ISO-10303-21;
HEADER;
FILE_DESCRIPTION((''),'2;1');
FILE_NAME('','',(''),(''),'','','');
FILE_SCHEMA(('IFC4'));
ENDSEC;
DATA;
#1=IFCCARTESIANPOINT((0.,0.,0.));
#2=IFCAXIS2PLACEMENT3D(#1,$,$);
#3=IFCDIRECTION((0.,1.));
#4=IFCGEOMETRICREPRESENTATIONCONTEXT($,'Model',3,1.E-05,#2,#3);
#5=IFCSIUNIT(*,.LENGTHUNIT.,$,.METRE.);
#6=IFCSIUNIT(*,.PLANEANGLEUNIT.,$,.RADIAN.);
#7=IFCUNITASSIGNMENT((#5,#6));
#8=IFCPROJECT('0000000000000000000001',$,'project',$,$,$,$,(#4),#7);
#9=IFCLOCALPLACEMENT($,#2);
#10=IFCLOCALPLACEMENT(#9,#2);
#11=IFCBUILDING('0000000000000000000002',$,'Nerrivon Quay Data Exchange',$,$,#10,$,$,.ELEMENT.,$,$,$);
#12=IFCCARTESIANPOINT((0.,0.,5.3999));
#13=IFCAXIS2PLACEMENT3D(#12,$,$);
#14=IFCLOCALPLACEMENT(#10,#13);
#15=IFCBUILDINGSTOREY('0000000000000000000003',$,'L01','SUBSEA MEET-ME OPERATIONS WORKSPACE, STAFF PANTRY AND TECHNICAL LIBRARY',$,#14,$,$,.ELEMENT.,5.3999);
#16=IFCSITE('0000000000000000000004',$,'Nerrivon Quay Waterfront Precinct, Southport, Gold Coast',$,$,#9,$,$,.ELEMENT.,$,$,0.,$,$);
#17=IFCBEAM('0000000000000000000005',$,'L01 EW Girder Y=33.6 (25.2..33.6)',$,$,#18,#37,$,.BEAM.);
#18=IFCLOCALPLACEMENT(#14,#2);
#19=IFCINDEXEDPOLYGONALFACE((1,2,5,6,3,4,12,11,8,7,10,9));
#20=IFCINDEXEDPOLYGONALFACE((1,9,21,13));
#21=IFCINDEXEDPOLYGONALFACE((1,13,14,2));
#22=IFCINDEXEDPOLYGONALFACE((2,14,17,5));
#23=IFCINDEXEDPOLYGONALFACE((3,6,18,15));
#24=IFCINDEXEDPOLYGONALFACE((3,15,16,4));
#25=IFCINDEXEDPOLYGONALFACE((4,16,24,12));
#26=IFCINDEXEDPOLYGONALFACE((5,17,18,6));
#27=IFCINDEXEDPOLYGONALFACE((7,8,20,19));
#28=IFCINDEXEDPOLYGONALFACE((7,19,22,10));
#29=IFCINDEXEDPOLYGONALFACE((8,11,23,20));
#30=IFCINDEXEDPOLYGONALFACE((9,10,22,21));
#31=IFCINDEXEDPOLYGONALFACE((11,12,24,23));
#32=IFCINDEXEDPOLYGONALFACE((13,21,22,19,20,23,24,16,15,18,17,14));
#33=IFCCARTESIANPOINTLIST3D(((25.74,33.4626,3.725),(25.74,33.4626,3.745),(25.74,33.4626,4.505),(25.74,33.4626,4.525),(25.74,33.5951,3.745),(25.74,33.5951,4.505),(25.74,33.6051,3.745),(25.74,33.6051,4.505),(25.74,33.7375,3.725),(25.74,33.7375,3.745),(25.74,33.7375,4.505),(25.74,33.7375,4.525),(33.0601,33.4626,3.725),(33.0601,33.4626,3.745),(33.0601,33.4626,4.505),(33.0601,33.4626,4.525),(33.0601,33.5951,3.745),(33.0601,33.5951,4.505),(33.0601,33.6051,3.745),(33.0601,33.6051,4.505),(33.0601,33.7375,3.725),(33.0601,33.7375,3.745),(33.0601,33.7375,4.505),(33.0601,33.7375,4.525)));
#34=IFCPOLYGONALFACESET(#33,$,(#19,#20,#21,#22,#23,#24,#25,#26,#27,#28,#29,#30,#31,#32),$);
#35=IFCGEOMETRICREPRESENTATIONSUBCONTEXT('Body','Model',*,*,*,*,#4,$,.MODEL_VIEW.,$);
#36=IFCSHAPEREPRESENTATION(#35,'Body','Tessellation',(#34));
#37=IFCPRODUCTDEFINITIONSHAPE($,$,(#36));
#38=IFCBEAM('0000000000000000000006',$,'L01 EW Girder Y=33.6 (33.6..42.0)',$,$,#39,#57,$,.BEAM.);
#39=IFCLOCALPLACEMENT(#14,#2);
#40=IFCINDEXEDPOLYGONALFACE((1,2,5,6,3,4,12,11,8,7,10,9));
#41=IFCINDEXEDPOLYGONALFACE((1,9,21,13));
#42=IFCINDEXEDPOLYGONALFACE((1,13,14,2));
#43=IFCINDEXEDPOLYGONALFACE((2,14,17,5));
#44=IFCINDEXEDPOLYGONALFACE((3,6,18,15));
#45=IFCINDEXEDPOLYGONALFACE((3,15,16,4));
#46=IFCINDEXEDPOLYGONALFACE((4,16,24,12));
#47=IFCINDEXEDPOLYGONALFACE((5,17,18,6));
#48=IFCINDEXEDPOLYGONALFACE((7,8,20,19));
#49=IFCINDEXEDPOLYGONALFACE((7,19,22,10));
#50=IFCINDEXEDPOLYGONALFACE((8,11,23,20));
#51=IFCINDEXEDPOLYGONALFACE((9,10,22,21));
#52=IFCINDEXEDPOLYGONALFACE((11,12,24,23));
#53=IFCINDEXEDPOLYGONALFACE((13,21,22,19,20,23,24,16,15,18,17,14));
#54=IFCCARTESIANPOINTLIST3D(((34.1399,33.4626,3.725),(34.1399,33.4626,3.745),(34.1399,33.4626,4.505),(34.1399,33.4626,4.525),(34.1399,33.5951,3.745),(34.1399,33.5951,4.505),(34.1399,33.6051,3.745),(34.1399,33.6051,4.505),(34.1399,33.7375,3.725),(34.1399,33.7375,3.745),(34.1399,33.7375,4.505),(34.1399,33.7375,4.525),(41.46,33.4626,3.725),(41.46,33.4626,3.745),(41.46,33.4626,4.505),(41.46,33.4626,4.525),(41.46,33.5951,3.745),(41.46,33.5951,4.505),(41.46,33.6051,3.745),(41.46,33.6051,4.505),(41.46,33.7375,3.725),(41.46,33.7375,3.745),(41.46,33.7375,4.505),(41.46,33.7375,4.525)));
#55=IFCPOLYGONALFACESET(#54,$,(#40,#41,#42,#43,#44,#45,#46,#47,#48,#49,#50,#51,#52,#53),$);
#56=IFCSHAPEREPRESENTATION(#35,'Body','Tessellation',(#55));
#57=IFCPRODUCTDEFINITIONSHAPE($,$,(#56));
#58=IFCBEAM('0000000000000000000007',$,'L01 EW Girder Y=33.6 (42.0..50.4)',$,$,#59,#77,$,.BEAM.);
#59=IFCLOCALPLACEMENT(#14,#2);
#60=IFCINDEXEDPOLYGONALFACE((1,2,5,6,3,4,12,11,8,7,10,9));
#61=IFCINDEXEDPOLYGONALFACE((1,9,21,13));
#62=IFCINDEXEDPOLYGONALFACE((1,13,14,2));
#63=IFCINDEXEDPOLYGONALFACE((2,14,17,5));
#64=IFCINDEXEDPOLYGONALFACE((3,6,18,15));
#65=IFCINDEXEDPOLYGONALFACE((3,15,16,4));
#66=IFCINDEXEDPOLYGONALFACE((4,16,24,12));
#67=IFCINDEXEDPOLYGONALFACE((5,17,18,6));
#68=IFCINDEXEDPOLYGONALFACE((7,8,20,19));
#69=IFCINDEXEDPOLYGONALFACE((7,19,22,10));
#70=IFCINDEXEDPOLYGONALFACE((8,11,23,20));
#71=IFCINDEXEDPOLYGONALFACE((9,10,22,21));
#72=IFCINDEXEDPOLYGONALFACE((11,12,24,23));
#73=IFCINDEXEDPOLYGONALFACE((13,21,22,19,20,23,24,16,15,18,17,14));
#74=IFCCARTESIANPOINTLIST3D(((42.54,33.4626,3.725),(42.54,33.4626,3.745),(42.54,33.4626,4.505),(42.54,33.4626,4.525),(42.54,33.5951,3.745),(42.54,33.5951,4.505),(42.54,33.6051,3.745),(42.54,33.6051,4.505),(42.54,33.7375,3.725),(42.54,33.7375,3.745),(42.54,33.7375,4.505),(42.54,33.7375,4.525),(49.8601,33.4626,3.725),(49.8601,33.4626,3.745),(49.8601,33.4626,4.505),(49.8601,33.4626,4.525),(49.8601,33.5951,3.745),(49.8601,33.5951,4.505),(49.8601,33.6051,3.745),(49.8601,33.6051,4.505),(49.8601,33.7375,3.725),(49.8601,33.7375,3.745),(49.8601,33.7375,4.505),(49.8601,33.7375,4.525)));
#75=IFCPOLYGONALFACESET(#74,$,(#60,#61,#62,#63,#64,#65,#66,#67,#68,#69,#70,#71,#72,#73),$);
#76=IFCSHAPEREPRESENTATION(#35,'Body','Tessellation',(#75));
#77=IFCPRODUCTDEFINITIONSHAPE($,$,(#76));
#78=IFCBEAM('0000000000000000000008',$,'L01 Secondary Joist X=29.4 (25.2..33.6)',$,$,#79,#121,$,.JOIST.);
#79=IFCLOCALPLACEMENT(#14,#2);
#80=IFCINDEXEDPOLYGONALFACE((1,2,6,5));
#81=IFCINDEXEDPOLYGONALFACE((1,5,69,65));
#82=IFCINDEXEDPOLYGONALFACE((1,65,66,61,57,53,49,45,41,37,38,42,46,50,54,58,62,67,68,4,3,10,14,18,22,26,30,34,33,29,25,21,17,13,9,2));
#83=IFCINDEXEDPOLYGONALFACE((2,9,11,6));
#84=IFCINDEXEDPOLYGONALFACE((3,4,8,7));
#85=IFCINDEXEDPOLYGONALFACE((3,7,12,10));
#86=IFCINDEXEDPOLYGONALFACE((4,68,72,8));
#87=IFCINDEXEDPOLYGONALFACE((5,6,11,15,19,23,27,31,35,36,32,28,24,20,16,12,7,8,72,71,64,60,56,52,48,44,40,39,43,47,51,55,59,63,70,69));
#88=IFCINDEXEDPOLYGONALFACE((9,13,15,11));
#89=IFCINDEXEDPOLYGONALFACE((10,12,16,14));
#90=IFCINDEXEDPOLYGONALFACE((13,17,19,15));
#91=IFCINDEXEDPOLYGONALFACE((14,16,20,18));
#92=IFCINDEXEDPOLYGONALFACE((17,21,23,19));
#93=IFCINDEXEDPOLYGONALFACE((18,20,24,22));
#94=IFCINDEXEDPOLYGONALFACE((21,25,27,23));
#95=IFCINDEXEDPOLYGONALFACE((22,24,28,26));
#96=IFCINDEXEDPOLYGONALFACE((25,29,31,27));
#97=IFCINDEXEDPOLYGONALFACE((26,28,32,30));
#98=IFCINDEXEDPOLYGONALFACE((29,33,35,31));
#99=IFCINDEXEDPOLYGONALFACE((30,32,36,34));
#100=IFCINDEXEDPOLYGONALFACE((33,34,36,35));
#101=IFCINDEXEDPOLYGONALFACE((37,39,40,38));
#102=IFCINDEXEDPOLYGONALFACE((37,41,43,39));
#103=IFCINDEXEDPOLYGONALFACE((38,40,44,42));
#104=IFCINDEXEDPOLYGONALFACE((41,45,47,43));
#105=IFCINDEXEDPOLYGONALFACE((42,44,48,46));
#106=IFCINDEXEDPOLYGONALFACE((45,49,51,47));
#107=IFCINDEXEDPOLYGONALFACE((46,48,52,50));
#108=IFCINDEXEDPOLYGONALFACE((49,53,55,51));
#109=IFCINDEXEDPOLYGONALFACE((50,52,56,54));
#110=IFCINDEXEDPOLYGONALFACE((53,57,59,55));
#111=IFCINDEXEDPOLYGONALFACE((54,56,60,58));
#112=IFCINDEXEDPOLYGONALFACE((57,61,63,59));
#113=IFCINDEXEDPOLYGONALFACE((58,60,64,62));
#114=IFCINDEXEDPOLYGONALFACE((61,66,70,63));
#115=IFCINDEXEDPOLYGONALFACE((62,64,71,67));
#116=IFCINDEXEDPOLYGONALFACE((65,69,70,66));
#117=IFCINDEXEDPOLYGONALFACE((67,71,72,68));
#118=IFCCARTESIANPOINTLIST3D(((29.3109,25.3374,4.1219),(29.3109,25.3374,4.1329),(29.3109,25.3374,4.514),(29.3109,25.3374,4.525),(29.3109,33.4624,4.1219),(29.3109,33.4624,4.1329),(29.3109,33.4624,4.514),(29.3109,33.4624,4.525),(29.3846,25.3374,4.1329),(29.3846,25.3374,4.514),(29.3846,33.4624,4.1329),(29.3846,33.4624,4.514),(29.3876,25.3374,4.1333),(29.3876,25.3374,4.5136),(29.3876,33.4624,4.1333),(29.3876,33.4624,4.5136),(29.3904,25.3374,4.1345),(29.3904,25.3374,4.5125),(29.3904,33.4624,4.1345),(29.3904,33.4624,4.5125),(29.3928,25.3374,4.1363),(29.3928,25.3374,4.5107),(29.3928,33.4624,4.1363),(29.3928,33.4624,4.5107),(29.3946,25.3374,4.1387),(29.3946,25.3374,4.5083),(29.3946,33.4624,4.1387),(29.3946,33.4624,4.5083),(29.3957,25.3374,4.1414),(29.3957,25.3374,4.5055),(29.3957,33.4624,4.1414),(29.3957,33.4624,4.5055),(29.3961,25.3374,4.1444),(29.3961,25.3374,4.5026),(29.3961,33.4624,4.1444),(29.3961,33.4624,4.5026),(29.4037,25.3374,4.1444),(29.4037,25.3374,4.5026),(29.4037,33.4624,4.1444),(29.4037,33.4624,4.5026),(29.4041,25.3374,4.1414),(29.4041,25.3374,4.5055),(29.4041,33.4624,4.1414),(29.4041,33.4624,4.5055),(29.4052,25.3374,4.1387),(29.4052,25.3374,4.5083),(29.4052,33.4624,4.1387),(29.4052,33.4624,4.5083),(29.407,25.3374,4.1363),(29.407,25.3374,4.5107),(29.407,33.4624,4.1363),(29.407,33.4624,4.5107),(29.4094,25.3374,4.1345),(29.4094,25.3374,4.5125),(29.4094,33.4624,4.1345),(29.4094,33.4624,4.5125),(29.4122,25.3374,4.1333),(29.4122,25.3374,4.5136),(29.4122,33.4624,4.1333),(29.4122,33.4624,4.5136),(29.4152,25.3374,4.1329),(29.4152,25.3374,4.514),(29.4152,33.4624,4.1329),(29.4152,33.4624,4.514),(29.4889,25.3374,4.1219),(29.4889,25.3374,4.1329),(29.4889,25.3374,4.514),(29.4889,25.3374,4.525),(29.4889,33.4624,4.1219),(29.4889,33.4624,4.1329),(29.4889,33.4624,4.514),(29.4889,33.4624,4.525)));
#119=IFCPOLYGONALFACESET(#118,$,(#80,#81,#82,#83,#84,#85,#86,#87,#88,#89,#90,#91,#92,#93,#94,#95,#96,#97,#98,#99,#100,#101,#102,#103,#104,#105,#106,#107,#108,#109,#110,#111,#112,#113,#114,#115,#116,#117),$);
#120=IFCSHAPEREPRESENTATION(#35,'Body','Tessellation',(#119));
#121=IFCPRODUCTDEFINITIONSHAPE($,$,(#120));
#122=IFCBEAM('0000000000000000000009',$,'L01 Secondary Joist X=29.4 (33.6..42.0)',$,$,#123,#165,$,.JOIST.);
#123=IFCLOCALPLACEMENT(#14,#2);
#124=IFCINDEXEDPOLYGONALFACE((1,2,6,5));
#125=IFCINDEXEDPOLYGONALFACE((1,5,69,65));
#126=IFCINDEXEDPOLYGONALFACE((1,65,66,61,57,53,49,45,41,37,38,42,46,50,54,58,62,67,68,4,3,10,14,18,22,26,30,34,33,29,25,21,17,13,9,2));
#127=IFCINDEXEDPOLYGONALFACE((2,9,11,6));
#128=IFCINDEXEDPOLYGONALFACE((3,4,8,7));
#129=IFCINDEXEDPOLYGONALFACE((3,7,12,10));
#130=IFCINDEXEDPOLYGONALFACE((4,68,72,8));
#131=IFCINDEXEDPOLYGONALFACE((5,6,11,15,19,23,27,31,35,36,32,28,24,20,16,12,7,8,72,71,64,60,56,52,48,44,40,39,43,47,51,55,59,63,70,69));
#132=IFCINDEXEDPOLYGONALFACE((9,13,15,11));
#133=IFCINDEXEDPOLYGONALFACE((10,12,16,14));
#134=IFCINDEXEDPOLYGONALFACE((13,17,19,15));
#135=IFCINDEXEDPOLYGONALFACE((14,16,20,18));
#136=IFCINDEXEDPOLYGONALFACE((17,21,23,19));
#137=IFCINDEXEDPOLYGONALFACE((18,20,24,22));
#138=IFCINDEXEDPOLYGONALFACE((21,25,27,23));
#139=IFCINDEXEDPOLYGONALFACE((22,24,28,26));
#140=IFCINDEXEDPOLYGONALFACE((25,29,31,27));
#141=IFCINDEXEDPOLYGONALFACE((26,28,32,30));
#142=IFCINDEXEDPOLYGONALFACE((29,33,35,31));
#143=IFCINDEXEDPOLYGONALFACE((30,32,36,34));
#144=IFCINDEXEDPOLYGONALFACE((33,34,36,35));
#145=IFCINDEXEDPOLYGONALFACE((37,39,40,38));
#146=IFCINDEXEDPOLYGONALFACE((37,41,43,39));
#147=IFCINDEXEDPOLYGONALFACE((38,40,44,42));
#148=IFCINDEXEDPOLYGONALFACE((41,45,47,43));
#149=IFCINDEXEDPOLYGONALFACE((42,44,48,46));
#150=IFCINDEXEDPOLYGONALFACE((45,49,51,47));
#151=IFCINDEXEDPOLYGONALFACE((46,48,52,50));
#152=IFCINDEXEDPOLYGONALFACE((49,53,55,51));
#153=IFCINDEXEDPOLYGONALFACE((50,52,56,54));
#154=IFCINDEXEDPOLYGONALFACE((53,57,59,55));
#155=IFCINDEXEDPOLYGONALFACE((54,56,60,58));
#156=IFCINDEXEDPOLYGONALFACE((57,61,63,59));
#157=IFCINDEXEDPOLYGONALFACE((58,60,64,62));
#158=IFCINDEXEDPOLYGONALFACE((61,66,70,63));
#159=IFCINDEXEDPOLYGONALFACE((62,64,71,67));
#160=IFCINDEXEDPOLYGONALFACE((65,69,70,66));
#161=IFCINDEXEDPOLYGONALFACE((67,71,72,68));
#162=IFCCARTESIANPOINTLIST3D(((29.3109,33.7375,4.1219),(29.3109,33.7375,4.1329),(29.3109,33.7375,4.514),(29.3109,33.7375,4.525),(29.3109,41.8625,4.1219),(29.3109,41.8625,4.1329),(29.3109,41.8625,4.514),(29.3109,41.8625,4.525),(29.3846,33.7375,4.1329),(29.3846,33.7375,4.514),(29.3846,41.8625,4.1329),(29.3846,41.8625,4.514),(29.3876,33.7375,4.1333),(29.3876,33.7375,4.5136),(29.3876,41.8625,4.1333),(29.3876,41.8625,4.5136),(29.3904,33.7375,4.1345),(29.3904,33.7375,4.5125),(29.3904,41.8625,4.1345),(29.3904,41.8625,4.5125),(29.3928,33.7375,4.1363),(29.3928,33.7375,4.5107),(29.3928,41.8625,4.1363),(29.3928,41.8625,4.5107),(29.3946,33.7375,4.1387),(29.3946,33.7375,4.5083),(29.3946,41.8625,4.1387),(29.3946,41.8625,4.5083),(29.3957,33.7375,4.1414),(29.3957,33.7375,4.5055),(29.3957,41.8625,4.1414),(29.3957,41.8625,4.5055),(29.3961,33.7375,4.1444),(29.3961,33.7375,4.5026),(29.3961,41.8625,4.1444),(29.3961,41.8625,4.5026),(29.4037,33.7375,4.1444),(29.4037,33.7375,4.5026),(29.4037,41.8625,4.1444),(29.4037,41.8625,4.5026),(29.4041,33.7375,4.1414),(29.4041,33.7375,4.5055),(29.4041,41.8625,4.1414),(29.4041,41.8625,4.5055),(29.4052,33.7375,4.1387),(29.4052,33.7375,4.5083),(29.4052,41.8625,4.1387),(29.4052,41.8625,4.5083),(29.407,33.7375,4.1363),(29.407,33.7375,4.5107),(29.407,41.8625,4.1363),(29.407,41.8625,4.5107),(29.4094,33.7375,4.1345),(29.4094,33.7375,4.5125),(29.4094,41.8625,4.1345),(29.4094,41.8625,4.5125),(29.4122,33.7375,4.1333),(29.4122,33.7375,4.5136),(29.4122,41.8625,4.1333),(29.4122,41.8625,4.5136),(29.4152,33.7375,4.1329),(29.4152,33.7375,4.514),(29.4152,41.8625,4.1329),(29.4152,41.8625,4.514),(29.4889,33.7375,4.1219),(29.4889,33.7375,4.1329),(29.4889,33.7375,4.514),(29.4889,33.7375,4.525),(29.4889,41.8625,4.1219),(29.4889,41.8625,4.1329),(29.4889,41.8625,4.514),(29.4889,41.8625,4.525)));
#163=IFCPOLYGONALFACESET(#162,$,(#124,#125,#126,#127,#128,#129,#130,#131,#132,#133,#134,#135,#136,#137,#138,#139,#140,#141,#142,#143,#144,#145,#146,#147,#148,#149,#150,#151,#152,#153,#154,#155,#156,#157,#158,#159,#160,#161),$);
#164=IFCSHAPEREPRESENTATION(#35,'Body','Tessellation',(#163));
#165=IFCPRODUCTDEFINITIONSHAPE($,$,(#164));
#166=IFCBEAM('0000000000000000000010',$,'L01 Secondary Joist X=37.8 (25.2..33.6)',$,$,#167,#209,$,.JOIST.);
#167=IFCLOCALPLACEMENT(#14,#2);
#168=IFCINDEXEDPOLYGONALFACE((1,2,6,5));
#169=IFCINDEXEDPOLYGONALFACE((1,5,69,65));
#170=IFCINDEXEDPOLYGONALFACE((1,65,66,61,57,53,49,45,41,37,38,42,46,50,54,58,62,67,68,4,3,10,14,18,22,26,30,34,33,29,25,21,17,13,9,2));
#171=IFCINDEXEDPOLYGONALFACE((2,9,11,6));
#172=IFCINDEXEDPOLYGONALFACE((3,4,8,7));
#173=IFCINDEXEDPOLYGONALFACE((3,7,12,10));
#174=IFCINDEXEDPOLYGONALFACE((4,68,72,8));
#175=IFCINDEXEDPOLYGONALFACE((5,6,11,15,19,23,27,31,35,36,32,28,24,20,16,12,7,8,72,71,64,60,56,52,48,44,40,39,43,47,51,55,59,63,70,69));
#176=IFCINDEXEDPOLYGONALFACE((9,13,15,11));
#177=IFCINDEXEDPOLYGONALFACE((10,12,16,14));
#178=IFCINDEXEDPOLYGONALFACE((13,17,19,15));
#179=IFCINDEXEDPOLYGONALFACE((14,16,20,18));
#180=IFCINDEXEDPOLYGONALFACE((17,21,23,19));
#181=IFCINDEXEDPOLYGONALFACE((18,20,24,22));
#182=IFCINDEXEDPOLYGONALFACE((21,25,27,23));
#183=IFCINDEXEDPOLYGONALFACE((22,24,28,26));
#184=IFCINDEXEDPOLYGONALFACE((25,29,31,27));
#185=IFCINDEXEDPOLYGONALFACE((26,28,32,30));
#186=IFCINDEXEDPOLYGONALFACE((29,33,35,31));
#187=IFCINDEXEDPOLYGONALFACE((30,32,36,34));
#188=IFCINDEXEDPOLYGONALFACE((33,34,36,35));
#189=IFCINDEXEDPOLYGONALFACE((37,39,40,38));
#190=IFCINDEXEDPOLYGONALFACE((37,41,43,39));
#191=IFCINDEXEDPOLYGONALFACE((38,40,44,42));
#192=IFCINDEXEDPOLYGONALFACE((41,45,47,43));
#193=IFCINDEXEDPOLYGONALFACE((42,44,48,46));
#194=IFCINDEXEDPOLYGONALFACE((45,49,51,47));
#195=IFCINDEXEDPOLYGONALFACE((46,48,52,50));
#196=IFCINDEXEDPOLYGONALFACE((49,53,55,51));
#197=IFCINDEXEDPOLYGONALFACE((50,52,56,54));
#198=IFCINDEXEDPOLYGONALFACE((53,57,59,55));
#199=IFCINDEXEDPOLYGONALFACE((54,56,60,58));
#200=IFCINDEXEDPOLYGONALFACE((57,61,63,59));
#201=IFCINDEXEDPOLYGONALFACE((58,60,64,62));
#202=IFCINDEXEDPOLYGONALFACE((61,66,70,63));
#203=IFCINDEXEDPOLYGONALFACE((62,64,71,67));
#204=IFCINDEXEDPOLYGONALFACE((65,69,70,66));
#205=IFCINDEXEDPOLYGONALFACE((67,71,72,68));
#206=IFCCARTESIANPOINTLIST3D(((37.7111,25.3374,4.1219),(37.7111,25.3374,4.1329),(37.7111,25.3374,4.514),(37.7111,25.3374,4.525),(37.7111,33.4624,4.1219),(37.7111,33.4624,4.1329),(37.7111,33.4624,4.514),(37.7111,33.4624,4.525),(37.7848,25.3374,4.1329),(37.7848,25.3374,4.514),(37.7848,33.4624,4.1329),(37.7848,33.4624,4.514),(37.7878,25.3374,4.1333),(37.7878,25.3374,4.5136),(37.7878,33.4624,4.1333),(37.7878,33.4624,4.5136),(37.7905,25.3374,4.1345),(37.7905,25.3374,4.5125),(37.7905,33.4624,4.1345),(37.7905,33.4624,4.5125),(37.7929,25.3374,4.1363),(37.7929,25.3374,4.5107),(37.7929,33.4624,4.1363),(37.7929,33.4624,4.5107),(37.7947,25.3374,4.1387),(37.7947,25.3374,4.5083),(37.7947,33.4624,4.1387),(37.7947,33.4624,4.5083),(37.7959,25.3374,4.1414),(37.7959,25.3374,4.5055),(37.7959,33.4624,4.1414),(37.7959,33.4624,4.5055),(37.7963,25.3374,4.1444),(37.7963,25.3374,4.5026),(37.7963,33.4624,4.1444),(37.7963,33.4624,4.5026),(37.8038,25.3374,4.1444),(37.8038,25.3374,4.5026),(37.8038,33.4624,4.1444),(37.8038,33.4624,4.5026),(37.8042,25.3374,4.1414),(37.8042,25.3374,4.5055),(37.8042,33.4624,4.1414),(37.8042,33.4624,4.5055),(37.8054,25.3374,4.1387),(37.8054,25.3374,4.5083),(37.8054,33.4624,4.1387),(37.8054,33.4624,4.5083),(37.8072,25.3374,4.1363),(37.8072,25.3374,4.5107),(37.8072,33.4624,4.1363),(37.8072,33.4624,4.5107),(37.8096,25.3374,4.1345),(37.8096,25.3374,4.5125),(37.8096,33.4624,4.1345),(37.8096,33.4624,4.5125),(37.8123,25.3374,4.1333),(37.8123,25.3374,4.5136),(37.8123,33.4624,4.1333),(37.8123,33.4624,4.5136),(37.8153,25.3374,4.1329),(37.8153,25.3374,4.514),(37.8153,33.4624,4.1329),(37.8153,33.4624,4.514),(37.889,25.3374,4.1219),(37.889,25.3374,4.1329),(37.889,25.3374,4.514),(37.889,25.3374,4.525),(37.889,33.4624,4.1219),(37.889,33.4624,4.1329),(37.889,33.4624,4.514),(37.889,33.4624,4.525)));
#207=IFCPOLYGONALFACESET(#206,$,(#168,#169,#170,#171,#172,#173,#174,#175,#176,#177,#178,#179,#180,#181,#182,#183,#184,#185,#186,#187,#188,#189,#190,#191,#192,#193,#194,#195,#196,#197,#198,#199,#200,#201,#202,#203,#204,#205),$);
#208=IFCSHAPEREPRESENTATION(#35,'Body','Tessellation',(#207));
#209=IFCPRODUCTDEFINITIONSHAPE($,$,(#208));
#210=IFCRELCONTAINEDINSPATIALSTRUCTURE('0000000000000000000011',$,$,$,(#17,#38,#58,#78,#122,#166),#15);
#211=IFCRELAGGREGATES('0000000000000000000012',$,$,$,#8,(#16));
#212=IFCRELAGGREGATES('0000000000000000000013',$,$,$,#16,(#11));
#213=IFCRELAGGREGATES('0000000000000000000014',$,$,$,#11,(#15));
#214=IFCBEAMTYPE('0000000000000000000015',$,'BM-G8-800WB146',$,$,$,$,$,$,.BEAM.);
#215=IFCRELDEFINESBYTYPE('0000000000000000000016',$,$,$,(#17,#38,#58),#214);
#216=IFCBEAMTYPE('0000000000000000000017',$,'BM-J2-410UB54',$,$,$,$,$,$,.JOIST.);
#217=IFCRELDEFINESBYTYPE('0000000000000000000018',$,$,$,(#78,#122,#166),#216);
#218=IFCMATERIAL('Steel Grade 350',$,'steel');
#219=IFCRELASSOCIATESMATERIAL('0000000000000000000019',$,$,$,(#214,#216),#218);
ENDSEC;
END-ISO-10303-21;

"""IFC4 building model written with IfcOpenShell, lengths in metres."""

from ifc_helpers import new_model, si_unit, direction, frame, origin, origin_2d, place, context, subcontext, project, spatial, i_section, extrude, material, material_profile, profile_set, type_object, element, save


model = new_model("IFC4")

# Units and contexts
model_context = context("Model", 3, precision=1e-05, world=origin(), true_north=direction((0.0, 1.0)))
body_context = subcontext(model_context, "Body", "Model", "MODEL_VIEW")
ifc_project = project(units=[si_unit("LENGTHUNIT", "METRE"), si_unit("PLANEANGLEUNIT", "RADIAN")], contexts=[model_context])

# Site, building, storey
site_placement = place(None, origin())
site = spatial("IfcSite", under=ifc_project, at=site_placement, Name="Nerrivon Quay Waterfront Precinct, Southport, Gold Coast", CompositionType="ELEMENT", RefElevation=0.0)
building_placement = place(site_placement, origin())
building = spatial("IfcBuilding", under=site, at=building_placement, Name="Nerrivon Quay Data Exchange", CompositionType="ELEMENT")
storey_placement = place(building_placement, frame((0.0, 0.0, 5.3999)))
storey = spatial("IfcBuildingStorey", under=building, at=storey_placement, Name="L01", Description="SUBSEA MEET-ME OPERATIONS WORKSPACE, STAFF PANTRY AND TECHNICAL LIBRARY", CompositionType="ELEMENT", Elevation=5.3999)

# Beams
ifc_material_1 = material(Name="Steel Grade 350", Category="steel")
ifc_material_profile_1 = material_profile(ifc_material_1, i_section(OverallWidth=0.2749, OverallDepth=0.8, WebThickness=0.01, FlangeThickness=0.02, at=origin_2d()), Name="800WB146")
ifc_profile_set_1 = profile_set([ifc_material_profile_1], Name="Steel Grade 350")
beam_type_1 = type_object("IfcBeamType", Name="BM-G8-800WB146", PredefinedType="BEAM", material=ifc_profile_set_1)
for number, where, z_axis, x_axis, name in (
    (1, (25.74, 33.6001, 4.125), (1.0, 0.0, 0.0), (0.0, 1.0, 0.0), "L01 EW Girder Y=33.6 (25.2..33.6)"),
    (2, (34.1399, 33.6001, 4.125), (1.0, 0.0, 0.0), (0.0, 1.0, 0.0), "L01 EW Girder Y=33.6 (33.6..42.0)"),
    (3, (42.54, 33.6001, 4.125), (1.0, 0.0, 0.0), (0.0, 1.0, 0.0), "L01 EW Girder Y=33.6 (42.0..50.4)"),
):
    element("IfcBeam", number, at=place(storey_placement, frame(where, z_axis=z_axis, x_axis=x_axis)), inside=storey, type_object=beam_type_1, Name=name, PredefinedType="BEAM", context=body_context, shape_type="SweptSolid", body=[
        extrude(i_section(OverallWidth=0.2749, OverallDepth=0.8, WebThickness=0.01, FlangeThickness=0.02, at=origin_2d()), origin(), (0.0, 0.0, 1.0), 7.3201),
    ])
ifc_material_profile_2 = material_profile(ifc_material_1, i_section(OverallWidth=0.178, OverallDepth=0.4031, WebThickness=0.0076, FlangeThickness=0.011, FilletRadius=0.0115, at=origin_2d()), Name="410UB53.7")
ifc_profile_set_2 = profile_set([ifc_material_profile_2], Name="Steel Grade 350")
beam_type_2 = type_object("IfcBeamType", Name="BM-J2-410UB54", PredefinedType="JOIST", material=ifc_profile_set_2)
for number, where, z_axis, x_axis, name in (
    (4, (29.3999, 25.3374, 4.3235), (0.0, 1.0, 0.0), (-1.0, 0.0, 0.0), "L01 Secondary Joist X=29.4 (25.2..33.6)"),
    (5, (29.3999, 33.7375, 4.3235), (0.0, 1.0, 0.0), (-1.0, 0.0, 0.0), "L01 Secondary Joist X=29.4 (33.6..42.0)"),
    (6, (37.8, 25.3374, 4.3235), (0.0, 1.0, 0.0), (-1.0, 0.0, 0.0), "L01 Secondary Joist X=37.8 (25.2..33.6)"),
):
    element("IfcBeam", number, at=place(storey_placement, frame(where, z_axis=z_axis, x_axis=x_axis)), inside=storey, type_object=beam_type_2, Name=name, PredefinedType="JOIST", context=body_context, shape_type="SweptSolid", body=[
        extrude(i_section(OverallWidth=0.178, OverallDepth=0.4031, WebThickness=0.0076, FlangeThickness=0.011, FilletRadius=0.0115, at=origin_2d()), origin(), (0.0, 0.0, 1.0), 8.125),
    ])

save(model, "model.ifc")
